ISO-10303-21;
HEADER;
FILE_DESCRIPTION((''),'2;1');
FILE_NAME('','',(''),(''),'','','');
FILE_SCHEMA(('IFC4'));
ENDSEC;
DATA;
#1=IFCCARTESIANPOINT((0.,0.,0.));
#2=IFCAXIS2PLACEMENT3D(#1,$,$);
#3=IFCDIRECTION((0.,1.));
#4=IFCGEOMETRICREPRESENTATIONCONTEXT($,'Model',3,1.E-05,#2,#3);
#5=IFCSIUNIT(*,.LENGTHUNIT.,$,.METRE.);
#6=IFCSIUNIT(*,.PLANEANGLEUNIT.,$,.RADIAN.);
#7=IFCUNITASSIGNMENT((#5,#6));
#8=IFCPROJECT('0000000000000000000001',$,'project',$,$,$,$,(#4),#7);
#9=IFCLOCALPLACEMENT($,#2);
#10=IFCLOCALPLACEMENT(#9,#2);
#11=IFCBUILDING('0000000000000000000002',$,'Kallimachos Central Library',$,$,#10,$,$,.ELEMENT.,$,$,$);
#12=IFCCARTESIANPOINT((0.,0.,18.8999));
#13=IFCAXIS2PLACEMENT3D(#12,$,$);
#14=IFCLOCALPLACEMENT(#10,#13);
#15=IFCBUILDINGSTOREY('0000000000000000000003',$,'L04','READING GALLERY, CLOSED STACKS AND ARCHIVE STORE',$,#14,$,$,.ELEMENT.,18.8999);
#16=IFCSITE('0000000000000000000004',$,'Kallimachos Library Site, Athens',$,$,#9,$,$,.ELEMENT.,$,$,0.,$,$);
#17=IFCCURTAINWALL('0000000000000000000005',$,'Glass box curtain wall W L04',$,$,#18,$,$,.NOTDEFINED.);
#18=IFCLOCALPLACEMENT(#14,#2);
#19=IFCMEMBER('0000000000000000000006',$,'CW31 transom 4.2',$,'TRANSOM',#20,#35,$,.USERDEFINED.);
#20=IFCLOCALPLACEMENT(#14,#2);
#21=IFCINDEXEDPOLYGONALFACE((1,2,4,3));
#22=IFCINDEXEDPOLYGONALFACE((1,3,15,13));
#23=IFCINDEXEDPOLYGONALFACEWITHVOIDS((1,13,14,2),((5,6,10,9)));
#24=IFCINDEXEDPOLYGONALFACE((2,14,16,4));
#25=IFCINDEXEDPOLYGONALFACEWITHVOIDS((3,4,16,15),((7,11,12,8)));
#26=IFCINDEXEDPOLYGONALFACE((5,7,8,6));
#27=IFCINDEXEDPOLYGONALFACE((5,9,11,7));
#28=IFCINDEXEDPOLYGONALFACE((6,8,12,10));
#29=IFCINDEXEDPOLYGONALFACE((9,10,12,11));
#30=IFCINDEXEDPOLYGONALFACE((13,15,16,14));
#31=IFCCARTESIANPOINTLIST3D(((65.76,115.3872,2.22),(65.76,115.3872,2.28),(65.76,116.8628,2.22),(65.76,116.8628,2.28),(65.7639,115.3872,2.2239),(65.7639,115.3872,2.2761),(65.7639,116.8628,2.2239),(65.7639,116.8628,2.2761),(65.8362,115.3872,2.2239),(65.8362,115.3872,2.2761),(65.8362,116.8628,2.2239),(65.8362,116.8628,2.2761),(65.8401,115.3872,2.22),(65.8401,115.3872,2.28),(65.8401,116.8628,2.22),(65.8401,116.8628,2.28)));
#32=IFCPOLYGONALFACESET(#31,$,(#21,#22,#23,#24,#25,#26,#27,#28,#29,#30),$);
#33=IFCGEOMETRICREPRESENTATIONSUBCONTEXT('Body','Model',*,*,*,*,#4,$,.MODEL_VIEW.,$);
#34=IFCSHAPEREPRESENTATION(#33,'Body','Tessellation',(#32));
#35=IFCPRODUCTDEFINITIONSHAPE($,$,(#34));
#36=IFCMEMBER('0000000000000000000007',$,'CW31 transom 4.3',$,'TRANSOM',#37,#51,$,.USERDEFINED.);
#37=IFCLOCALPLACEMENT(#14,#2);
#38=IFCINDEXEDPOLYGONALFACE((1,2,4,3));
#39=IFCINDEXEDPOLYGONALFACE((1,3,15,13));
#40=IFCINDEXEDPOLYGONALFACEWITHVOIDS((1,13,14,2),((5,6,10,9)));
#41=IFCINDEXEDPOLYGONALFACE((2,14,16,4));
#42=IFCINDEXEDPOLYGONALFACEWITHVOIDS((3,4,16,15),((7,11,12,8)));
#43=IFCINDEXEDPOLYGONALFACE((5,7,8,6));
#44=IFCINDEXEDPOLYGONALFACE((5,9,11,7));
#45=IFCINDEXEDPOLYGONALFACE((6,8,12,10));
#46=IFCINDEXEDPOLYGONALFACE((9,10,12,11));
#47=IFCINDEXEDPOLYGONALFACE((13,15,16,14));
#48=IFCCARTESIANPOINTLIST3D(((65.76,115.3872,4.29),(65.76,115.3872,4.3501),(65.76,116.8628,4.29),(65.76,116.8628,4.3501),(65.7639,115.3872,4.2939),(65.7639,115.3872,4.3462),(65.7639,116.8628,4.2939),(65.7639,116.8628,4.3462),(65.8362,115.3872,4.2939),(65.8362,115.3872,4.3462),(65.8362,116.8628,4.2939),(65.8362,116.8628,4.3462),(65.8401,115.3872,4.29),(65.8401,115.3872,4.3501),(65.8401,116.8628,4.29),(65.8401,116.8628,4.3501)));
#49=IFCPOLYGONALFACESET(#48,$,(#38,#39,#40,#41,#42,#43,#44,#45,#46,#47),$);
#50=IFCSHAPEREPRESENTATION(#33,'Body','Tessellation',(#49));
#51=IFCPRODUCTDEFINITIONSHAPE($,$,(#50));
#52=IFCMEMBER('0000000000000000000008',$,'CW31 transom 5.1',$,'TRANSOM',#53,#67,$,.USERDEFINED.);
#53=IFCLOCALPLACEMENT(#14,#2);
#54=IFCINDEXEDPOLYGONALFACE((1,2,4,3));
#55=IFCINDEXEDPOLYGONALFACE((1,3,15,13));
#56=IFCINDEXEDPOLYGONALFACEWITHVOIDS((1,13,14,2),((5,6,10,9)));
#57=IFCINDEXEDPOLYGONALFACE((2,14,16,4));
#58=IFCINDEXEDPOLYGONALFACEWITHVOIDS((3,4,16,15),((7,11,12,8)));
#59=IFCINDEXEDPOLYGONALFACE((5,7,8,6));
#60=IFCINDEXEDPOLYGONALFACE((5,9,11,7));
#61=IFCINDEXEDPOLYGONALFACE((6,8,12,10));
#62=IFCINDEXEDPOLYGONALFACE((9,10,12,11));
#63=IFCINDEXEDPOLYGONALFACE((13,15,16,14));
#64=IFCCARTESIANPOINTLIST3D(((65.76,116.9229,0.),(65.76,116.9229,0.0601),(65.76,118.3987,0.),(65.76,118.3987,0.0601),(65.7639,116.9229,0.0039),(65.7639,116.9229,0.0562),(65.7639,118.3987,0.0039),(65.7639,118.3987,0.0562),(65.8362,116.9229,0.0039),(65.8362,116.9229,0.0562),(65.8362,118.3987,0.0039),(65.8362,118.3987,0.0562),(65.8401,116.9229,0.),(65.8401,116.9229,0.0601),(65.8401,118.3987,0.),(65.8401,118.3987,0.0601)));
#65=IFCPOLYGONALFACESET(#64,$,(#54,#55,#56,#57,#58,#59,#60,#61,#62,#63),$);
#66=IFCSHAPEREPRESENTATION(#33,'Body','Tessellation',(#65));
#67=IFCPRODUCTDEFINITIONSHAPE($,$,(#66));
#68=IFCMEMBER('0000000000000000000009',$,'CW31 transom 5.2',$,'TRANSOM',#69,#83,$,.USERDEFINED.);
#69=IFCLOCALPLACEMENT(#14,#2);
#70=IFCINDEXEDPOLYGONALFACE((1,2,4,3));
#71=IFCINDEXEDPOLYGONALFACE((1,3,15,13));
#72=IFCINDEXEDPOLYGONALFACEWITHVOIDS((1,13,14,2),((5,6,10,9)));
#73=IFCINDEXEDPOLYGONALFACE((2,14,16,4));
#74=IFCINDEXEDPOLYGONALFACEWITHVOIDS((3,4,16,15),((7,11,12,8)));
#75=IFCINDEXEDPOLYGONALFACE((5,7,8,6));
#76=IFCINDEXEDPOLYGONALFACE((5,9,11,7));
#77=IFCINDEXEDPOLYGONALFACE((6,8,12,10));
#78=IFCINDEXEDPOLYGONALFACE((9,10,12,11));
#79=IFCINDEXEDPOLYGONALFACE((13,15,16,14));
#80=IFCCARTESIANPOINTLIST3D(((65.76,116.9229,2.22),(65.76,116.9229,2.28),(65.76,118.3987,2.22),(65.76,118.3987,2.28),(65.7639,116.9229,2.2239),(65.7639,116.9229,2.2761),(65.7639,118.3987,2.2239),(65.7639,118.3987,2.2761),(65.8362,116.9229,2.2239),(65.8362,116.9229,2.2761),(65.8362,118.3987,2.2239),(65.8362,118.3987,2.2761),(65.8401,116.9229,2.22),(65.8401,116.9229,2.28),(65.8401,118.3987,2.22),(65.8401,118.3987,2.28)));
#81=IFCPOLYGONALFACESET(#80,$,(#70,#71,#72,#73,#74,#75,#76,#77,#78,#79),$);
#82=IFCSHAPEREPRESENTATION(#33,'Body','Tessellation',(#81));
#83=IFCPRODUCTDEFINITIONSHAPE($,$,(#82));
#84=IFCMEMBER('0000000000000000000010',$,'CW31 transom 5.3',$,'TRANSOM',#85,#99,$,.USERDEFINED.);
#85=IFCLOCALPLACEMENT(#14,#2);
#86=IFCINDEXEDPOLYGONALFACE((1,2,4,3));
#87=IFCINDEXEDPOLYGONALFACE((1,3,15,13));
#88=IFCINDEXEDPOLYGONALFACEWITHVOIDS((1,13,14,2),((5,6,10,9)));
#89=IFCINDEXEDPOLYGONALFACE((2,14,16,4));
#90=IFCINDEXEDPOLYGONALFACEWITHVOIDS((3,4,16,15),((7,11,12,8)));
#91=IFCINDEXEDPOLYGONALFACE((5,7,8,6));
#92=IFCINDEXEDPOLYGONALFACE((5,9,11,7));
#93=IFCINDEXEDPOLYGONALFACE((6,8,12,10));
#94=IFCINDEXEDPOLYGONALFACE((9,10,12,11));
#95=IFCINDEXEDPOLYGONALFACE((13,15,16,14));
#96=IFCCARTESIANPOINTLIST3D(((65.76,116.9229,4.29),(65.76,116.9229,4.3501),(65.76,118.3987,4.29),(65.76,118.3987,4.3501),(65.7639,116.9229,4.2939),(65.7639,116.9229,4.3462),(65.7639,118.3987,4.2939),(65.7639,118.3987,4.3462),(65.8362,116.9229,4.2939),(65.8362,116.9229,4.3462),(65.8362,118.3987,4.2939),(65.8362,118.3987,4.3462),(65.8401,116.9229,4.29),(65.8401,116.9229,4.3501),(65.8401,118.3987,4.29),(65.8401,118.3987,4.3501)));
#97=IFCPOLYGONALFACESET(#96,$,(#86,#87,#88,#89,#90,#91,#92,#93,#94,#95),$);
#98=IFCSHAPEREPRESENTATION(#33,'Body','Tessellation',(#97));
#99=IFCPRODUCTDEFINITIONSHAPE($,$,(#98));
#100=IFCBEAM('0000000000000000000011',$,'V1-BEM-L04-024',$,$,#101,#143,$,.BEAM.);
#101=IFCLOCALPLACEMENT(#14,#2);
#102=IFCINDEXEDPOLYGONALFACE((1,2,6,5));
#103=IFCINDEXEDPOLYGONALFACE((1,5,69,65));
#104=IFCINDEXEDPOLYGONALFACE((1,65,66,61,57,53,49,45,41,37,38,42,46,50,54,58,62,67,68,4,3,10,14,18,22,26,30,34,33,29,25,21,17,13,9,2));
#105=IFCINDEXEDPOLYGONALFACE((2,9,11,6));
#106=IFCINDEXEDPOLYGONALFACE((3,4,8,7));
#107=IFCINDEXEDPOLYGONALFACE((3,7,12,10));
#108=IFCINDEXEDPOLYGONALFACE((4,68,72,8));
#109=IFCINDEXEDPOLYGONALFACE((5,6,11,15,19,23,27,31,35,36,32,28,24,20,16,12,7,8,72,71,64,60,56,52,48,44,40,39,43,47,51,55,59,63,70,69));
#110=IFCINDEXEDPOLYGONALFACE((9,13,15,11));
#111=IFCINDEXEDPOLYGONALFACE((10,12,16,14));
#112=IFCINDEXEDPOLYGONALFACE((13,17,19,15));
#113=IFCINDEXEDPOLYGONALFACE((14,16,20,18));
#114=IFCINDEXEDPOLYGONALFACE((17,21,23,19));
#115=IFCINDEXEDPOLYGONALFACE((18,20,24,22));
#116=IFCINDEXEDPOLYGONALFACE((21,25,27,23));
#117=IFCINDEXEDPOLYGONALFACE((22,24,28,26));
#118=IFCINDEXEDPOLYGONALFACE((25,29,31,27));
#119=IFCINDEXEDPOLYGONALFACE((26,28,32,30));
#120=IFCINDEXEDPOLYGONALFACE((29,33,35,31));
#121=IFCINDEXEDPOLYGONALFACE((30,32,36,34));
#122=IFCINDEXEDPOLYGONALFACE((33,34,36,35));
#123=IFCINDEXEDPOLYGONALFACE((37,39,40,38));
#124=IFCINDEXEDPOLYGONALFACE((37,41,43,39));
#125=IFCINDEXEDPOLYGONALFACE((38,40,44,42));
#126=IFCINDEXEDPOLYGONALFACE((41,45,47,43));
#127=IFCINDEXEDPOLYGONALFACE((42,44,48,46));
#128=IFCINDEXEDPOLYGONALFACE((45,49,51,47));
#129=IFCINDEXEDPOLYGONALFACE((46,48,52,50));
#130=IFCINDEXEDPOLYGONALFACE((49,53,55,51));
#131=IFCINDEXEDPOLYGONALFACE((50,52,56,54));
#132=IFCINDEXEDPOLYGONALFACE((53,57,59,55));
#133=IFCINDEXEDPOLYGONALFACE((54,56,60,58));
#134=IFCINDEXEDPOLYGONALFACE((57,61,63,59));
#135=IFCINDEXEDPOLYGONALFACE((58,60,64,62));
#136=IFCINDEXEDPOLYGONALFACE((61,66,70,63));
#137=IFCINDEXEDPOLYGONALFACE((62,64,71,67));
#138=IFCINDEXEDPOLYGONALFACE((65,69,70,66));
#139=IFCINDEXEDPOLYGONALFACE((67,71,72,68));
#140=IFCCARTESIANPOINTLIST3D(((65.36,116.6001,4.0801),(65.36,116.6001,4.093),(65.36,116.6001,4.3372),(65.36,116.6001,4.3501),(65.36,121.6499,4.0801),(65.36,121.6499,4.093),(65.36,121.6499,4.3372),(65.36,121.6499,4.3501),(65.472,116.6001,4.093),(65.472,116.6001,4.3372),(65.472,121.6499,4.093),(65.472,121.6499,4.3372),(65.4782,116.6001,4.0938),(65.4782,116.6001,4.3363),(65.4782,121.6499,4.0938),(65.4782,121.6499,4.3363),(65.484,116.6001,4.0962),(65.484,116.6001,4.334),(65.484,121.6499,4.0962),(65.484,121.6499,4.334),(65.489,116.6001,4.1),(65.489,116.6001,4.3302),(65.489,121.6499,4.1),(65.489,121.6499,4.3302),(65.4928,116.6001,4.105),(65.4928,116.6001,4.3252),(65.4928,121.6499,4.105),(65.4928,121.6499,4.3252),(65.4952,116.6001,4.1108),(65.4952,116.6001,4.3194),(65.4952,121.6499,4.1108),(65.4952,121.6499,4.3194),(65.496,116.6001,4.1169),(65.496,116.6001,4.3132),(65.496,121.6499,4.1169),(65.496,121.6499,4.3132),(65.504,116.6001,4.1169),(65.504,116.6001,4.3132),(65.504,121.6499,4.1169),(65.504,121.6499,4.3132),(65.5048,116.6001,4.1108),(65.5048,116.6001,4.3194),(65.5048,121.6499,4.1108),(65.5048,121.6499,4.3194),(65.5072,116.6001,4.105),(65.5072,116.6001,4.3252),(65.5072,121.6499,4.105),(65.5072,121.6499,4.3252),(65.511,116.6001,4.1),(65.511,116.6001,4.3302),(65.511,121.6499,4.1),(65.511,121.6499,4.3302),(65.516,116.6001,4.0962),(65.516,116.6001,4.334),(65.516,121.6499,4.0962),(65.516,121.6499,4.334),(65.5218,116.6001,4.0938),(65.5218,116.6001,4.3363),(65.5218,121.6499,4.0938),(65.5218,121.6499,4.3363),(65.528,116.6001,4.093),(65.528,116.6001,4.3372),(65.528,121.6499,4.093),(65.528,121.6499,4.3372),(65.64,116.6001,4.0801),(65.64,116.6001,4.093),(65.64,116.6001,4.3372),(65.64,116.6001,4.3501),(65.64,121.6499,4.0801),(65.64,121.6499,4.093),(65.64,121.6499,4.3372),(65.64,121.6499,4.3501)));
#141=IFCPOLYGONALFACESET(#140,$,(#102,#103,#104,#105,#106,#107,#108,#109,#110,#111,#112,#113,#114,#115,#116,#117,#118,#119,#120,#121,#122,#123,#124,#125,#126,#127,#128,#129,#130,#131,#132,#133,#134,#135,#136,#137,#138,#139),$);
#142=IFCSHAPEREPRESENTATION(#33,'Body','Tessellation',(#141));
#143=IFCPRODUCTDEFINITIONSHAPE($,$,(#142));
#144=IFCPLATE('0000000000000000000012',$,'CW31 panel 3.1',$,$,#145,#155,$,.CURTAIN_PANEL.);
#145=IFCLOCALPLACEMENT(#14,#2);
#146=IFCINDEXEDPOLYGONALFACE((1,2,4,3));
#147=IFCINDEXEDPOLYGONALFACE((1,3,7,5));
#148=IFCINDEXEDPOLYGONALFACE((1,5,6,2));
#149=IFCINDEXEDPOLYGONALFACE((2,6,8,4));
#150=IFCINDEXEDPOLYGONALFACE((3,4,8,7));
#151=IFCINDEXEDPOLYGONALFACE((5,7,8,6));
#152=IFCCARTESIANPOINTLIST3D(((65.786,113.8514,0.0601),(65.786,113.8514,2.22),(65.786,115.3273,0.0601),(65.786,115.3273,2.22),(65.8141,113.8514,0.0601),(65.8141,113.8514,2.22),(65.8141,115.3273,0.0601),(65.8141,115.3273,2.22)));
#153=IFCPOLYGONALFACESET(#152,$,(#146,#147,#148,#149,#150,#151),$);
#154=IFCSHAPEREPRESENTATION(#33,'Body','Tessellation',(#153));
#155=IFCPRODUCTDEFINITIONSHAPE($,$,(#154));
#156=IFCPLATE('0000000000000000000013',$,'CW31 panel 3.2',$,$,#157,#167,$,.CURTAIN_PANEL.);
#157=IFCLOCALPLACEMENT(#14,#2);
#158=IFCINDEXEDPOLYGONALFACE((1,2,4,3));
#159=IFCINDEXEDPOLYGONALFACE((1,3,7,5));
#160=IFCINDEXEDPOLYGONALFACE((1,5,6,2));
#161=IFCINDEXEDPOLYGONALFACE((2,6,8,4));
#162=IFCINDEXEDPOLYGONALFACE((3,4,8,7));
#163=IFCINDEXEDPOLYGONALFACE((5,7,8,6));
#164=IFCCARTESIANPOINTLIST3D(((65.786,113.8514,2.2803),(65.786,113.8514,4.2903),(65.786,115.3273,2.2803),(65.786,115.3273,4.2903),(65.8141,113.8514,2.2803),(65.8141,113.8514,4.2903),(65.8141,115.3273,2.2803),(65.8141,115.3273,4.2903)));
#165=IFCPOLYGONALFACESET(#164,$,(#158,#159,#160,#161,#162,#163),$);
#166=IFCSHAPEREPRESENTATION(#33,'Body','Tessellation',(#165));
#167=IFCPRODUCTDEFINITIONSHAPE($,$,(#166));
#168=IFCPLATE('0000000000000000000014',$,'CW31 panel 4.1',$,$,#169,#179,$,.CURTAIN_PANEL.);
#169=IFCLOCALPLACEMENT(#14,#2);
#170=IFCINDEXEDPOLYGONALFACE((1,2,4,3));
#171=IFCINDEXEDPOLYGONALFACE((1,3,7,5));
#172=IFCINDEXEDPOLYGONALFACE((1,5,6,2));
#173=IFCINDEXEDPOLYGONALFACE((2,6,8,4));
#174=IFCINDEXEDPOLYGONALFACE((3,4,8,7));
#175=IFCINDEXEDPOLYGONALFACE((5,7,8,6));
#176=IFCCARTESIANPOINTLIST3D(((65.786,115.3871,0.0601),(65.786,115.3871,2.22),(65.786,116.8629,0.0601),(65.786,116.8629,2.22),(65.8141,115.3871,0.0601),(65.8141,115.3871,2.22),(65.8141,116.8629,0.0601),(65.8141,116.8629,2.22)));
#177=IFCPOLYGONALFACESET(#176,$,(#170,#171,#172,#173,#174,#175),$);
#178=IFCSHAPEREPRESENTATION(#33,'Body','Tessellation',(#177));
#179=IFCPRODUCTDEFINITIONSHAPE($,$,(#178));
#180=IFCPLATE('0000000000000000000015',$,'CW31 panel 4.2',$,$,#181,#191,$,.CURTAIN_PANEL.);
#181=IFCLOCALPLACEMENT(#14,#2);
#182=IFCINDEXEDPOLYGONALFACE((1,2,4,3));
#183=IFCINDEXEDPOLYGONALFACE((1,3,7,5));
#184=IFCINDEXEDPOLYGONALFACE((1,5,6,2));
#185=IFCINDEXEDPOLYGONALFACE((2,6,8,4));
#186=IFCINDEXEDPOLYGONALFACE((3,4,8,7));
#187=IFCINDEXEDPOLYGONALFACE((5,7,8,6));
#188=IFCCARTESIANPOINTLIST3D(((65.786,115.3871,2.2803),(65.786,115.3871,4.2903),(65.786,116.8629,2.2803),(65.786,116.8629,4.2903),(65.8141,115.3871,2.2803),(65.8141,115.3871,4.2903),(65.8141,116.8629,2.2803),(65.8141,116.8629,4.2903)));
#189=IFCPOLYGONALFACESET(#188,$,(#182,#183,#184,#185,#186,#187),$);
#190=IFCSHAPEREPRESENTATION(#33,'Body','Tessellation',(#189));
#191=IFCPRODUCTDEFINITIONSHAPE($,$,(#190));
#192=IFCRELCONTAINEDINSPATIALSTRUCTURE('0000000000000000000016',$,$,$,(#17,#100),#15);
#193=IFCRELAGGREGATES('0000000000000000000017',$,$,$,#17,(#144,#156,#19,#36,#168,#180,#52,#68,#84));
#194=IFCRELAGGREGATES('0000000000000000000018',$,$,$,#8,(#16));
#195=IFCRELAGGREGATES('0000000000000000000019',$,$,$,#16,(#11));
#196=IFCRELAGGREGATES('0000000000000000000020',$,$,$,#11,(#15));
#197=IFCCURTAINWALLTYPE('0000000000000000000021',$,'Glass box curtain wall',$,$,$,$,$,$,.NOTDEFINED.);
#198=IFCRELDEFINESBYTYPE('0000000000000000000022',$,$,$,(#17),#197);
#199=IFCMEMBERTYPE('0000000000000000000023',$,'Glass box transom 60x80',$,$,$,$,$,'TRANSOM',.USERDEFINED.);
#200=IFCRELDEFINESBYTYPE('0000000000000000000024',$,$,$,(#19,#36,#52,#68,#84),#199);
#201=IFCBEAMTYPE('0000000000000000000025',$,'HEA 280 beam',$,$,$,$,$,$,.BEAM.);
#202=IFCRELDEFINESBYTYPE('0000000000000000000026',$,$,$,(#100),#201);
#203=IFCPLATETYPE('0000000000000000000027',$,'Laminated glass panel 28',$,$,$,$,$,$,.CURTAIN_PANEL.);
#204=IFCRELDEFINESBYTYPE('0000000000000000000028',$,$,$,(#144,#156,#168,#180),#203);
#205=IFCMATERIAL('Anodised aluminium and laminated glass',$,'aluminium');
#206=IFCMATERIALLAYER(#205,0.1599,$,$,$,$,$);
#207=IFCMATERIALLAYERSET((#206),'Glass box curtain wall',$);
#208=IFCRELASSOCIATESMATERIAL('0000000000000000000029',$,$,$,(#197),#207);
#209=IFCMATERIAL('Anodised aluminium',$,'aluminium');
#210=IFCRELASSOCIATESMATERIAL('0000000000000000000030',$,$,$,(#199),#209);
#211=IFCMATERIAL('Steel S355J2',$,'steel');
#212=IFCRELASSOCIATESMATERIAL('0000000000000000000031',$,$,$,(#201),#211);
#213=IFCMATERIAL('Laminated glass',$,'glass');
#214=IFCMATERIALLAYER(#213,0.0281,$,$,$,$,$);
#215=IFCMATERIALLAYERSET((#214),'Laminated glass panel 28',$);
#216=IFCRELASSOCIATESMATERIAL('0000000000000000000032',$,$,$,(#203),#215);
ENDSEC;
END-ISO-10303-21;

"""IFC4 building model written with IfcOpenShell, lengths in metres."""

from ifc_helpers import new_model, si_unit, direction, frame, origin, origin_2d, place, context, subcontext, project, spatial, rectangle, hollow_rectangle, i_section, extrude, material, layer, layer_set, material_profile, profile_set, type_object, element, aggregate, save


model = new_model("IFC4")

# Units and contexts
model_context = context("Model", 3, precision=1e-05, world=origin(), true_north=direction((0.0, 1.0)))
body_context = subcontext(model_context, "Body", "Model", "MODEL_VIEW")
ifc_project = project(units=[si_unit("LENGTHUNIT", "METRE"), si_unit("PLANEANGLEUNIT", "RADIAN")], contexts=[model_context])

# Site, building, storey
site_placement = place(None, origin())
site = spatial("IfcSite", under=ifc_project, at=site_placement, Name="Kallimachos Library Site, Athens", CompositionType="ELEMENT", RefElevation=0.0)
building_placement = place(site_placement, origin())
building = spatial("IfcBuilding", under=site, at=building_placement, Name="Kallimachos Central Library", CompositionType="ELEMENT")
storey_placement = place(building_placement, frame((0.0, 0.0, 18.8999)))
storey = spatial("IfcBuildingStorey", under=building, at=storey_placement, Name="L04", Description="READING GALLERY, CLOSED STACKS AND ARCHIVE STORE", CompositionType="ELEMENT", Elevation=18.8999)

# Curtain wall, members
ifc_material_1 = material(Name="Anodised aluminium and laminated glass", Category="aluminium")
ifc_layer_1 = layer(ifc_material_1, 0.1599)
ifc_layer_set_1 = layer_set([ifc_layer_1], Name="Glass box curtain wall")
curtain_wall_type = type_object("IfcCurtainWallType", Name="Glass box curtain wall", PredefinedType="NOTDEFINED", material=ifc_layer_set_1)
curtain_wall_placement = place(storey_placement, origin())
curtain_wall = element("IfcCurtainWall", 1, at=curtain_wall_placement, inside=storey, type_object=curtain_wall_type, Name="Glass box curtain wall W L04", PredefinedType="NOTDEFINED")
ifc_material_2 = material(Name="Anodised aluminium", Category="aluminium")
ifc_material_profile_1 = material_profile(ifc_material_2, hollow_rectangle(XDim=0.0601, YDim=0.0801, WallThickness=0.0039, at=origin_2d()), Name="ALU TRANSOM 60x80")
ifc_profile_set_1 = profile_set([ifc_material_profile_1], Name="Anodised aluminium")
member_type_1 = type_object("IfcMemberType", Name="Glass box transom 60x80", ElementType="TRANSOM", PredefinedType="USERDEFINED", material=ifc_profile_set_1)
member_1_placement = place(storey_placement, frame((65.8, 115.3872, 2.25), z_axis=(0.0, 1.0, 0.0), x_axis=(0.0, 0.0, 1.0)))
member_1 = element("IfcMember", 2, at=member_1_placement, type_object=member_type_1, Name="CW31 transom 4.2", ObjectType="TRANSOM", PredefinedType="USERDEFINED", context=body_context, shape_type="SweptSolid", body=[
    extrude(hollow_rectangle(XDim=0.0601, YDim=0.0801, WallThickness=0.0039, at=origin_2d()), origin(), (0.0, 0.0, 1.0), 1.4756),
])
member_2_placement = place(storey_placement, frame((65.8, 115.3872, 4.3201), z_axis=(0.0, 1.0, 0.0), x_axis=(0.0, 0.0, 1.0)))
member_2 = element("IfcMember", 3, at=member_2_placement, type_object=member_type_1, Name="CW31 transom 4.3", ObjectType="TRANSOM", PredefinedType="USERDEFINED", context=body_context, shape_type="SweptSolid", body=[
    extrude(hollow_rectangle(XDim=0.0601, YDim=0.0801, WallThickness=0.0039, at=origin_2d()), origin(), (0.0, 0.0, 1.0), 1.4756),
])
member_3_placement = place(storey_placement, frame((65.8, 116.9229, 0.03), z_axis=(0.0, 1.0, 0.0), x_axis=(0.0, 0.0, 1.0)))
member_3 = element("IfcMember", 4, at=member_3_placement, type_object=member_type_1, Name="CW31 transom 5.1", ObjectType="TRANSOM", PredefinedType="USERDEFINED", context=body_context, shape_type="SweptSolid", body=[
    extrude(hollow_rectangle(XDim=0.0601, YDim=0.0801, WallThickness=0.0039, at=origin_2d()), origin(), (0.0, 0.0, 1.0), 1.4758),
])
member_4_placement = place(storey_placement, frame((65.8, 116.9229, 2.25), z_axis=(0.0, 1.0, 0.0), x_axis=(0.0, 0.0, 1.0)))
member_4 = element("IfcMember", 5, at=member_4_placement, type_object=member_type_1, Name="CW31 transom 5.2", ObjectType="TRANSOM", PredefinedType="USERDEFINED", context=body_context, shape_type="SweptSolid", body=[
    extrude(hollow_rectangle(XDim=0.0601, YDim=0.0801, WallThickness=0.0039, at=origin_2d()), origin(), (0.0, 0.0, 1.0), 1.4758),
])
member_5_placement = place(storey_placement, frame((65.8, 116.9229, 4.3201), z_axis=(0.0, 1.0, 0.0), x_axis=(0.0, 0.0, 1.0)))
member_5 = element("IfcMember", 6, at=member_5_placement, type_object=member_type_1, Name="CW31 transom 5.3", ObjectType="TRANSOM", PredefinedType="USERDEFINED", context=body_context, shape_type="SweptSolid", body=[
    extrude(hollow_rectangle(XDim=0.0601, YDim=0.0801, WallThickness=0.0039, at=origin_2d()), origin(), (0.0, 0.0, 1.0), 1.4758),
])

# Beam
ifc_material_3 = material(Name="Steel S355J2", Category="steel")
ifc_material_profile_2 = material_profile(ifc_material_3, i_section(OverallWidth=0.28, OverallDepth=0.27, WebThickness=0.0081, FlangeThickness=0.0129, FilletRadius=0.0239, at=origin_2d()), Name="HEA 280")
ifc_profile_set_2 = profile_set([ifc_material_profile_2], Name="Steel S355J2")
beam_type = type_object("IfcBeamType", Name="HEA 280 beam", PredefinedType="BEAM", material=ifc_profile_set_2)
beam_placement = place(storey_placement, frame((65.5, 116.6001, 4.2151), z_axis=(0.0, 1.0, 0.0), x_axis=(-1.0, 0.0, 0.0)))
element("IfcBeam", 7, at=beam_placement, inside=storey, type_object=beam_type, Name="V1-BEM-L04-024", PredefinedType="BEAM", context=body_context, shape_type="SweptSolid", body=[
    extrude(i_section(OverallWidth=0.28, OverallDepth=0.27, WebThickness=0.0081, FlangeThickness=0.0129, FilletRadius=0.0239, at=origin_2d()), origin(), (0.0, 0.0, 1.0), 5.0498),
])

# Plates
ifc_material_4 = material(Name="Laminated glass", Category="glass")
ifc_layer_2 = layer(ifc_material_4, 0.0281)
ifc_layer_set_2 = layer_set([ifc_layer_2], Name="Laminated glass panel 28")
plate_type = type_object("IfcPlateType", Name="Laminated glass panel 28", PredefinedType="CURTAIN_PANEL", material=ifc_layer_set_2)
plate_1_placement = place(storey_placement, frame((65.8, 114.5894, 0.0601), z_axis=(0.0, 0.0, 1.0), x_axis=(0.0, 1.0, 0.0)))
plate_1 = element("IfcPlate", 8, at=plate_1_placement, type_object=plate_type, Name="CW31 panel 3.1", PredefinedType="CURTAIN_PANEL", context=body_context, shape_type="SweptSolid", body=[
    extrude(rectangle(XDim=1.4758, YDim=0.0281, at=origin_2d()), origin(), (0.0, 0.0, 1.0), 2.1599),
])
plate_2_placement = place(storey_placement, frame((65.8, 114.5894, 2.2803), z_axis=(0.0, 0.0, 1.0), x_axis=(0.0, 1.0, 0.0)))
plate_2 = element("IfcPlate", 9, at=plate_2_placement, type_object=plate_type, Name="CW31 panel 3.2", PredefinedType="CURTAIN_PANEL", context=body_context, shape_type="SweptSolid", body=[
    extrude(rectangle(XDim=1.4758, YDim=0.0281, at=origin_2d()), origin(), (0.0, 0.0, 1.0), 2.01),
])
plate_3_placement = place(storey_placement, frame((65.8, 116.125, 0.0601), z_axis=(0.0, 0.0, 1.0), x_axis=(0.0, 1.0, 0.0)))
plate_3 = element("IfcPlate", 10, at=plate_3_placement, type_object=plate_type, Name="CW31 panel 4.1", PredefinedType="CURTAIN_PANEL", context=body_context, shape_type="SweptSolid", body=[
    extrude(rectangle(XDim=1.4758, YDim=0.0281, at=origin_2d()), origin(), (0.0, 0.0, 1.0), 2.1599),
])
plate_4_placement = place(storey_placement, frame((65.8, 116.125, 2.2803), z_axis=(0.0, 0.0, 1.0), x_axis=(0.0, 1.0, 0.0)))
plate_4 = element("IfcPlate", 11, at=plate_4_placement, type_object=plate_type, Name="CW31 panel 4.2", PredefinedType="CURTAIN_PANEL", context=body_context, shape_type="SweptSolid", body=[
    extrude(rectangle(XDim=1.4758, YDim=0.0281, at=origin_2d()), origin(), (0.0, 0.0, 1.0), 2.01),
])
aggregate(curtain_wall, [plate_1, plate_2, member_1, member_2, plate_3, plate_4, member_3, member_4, member_5])

save(model, "model.ifc")
